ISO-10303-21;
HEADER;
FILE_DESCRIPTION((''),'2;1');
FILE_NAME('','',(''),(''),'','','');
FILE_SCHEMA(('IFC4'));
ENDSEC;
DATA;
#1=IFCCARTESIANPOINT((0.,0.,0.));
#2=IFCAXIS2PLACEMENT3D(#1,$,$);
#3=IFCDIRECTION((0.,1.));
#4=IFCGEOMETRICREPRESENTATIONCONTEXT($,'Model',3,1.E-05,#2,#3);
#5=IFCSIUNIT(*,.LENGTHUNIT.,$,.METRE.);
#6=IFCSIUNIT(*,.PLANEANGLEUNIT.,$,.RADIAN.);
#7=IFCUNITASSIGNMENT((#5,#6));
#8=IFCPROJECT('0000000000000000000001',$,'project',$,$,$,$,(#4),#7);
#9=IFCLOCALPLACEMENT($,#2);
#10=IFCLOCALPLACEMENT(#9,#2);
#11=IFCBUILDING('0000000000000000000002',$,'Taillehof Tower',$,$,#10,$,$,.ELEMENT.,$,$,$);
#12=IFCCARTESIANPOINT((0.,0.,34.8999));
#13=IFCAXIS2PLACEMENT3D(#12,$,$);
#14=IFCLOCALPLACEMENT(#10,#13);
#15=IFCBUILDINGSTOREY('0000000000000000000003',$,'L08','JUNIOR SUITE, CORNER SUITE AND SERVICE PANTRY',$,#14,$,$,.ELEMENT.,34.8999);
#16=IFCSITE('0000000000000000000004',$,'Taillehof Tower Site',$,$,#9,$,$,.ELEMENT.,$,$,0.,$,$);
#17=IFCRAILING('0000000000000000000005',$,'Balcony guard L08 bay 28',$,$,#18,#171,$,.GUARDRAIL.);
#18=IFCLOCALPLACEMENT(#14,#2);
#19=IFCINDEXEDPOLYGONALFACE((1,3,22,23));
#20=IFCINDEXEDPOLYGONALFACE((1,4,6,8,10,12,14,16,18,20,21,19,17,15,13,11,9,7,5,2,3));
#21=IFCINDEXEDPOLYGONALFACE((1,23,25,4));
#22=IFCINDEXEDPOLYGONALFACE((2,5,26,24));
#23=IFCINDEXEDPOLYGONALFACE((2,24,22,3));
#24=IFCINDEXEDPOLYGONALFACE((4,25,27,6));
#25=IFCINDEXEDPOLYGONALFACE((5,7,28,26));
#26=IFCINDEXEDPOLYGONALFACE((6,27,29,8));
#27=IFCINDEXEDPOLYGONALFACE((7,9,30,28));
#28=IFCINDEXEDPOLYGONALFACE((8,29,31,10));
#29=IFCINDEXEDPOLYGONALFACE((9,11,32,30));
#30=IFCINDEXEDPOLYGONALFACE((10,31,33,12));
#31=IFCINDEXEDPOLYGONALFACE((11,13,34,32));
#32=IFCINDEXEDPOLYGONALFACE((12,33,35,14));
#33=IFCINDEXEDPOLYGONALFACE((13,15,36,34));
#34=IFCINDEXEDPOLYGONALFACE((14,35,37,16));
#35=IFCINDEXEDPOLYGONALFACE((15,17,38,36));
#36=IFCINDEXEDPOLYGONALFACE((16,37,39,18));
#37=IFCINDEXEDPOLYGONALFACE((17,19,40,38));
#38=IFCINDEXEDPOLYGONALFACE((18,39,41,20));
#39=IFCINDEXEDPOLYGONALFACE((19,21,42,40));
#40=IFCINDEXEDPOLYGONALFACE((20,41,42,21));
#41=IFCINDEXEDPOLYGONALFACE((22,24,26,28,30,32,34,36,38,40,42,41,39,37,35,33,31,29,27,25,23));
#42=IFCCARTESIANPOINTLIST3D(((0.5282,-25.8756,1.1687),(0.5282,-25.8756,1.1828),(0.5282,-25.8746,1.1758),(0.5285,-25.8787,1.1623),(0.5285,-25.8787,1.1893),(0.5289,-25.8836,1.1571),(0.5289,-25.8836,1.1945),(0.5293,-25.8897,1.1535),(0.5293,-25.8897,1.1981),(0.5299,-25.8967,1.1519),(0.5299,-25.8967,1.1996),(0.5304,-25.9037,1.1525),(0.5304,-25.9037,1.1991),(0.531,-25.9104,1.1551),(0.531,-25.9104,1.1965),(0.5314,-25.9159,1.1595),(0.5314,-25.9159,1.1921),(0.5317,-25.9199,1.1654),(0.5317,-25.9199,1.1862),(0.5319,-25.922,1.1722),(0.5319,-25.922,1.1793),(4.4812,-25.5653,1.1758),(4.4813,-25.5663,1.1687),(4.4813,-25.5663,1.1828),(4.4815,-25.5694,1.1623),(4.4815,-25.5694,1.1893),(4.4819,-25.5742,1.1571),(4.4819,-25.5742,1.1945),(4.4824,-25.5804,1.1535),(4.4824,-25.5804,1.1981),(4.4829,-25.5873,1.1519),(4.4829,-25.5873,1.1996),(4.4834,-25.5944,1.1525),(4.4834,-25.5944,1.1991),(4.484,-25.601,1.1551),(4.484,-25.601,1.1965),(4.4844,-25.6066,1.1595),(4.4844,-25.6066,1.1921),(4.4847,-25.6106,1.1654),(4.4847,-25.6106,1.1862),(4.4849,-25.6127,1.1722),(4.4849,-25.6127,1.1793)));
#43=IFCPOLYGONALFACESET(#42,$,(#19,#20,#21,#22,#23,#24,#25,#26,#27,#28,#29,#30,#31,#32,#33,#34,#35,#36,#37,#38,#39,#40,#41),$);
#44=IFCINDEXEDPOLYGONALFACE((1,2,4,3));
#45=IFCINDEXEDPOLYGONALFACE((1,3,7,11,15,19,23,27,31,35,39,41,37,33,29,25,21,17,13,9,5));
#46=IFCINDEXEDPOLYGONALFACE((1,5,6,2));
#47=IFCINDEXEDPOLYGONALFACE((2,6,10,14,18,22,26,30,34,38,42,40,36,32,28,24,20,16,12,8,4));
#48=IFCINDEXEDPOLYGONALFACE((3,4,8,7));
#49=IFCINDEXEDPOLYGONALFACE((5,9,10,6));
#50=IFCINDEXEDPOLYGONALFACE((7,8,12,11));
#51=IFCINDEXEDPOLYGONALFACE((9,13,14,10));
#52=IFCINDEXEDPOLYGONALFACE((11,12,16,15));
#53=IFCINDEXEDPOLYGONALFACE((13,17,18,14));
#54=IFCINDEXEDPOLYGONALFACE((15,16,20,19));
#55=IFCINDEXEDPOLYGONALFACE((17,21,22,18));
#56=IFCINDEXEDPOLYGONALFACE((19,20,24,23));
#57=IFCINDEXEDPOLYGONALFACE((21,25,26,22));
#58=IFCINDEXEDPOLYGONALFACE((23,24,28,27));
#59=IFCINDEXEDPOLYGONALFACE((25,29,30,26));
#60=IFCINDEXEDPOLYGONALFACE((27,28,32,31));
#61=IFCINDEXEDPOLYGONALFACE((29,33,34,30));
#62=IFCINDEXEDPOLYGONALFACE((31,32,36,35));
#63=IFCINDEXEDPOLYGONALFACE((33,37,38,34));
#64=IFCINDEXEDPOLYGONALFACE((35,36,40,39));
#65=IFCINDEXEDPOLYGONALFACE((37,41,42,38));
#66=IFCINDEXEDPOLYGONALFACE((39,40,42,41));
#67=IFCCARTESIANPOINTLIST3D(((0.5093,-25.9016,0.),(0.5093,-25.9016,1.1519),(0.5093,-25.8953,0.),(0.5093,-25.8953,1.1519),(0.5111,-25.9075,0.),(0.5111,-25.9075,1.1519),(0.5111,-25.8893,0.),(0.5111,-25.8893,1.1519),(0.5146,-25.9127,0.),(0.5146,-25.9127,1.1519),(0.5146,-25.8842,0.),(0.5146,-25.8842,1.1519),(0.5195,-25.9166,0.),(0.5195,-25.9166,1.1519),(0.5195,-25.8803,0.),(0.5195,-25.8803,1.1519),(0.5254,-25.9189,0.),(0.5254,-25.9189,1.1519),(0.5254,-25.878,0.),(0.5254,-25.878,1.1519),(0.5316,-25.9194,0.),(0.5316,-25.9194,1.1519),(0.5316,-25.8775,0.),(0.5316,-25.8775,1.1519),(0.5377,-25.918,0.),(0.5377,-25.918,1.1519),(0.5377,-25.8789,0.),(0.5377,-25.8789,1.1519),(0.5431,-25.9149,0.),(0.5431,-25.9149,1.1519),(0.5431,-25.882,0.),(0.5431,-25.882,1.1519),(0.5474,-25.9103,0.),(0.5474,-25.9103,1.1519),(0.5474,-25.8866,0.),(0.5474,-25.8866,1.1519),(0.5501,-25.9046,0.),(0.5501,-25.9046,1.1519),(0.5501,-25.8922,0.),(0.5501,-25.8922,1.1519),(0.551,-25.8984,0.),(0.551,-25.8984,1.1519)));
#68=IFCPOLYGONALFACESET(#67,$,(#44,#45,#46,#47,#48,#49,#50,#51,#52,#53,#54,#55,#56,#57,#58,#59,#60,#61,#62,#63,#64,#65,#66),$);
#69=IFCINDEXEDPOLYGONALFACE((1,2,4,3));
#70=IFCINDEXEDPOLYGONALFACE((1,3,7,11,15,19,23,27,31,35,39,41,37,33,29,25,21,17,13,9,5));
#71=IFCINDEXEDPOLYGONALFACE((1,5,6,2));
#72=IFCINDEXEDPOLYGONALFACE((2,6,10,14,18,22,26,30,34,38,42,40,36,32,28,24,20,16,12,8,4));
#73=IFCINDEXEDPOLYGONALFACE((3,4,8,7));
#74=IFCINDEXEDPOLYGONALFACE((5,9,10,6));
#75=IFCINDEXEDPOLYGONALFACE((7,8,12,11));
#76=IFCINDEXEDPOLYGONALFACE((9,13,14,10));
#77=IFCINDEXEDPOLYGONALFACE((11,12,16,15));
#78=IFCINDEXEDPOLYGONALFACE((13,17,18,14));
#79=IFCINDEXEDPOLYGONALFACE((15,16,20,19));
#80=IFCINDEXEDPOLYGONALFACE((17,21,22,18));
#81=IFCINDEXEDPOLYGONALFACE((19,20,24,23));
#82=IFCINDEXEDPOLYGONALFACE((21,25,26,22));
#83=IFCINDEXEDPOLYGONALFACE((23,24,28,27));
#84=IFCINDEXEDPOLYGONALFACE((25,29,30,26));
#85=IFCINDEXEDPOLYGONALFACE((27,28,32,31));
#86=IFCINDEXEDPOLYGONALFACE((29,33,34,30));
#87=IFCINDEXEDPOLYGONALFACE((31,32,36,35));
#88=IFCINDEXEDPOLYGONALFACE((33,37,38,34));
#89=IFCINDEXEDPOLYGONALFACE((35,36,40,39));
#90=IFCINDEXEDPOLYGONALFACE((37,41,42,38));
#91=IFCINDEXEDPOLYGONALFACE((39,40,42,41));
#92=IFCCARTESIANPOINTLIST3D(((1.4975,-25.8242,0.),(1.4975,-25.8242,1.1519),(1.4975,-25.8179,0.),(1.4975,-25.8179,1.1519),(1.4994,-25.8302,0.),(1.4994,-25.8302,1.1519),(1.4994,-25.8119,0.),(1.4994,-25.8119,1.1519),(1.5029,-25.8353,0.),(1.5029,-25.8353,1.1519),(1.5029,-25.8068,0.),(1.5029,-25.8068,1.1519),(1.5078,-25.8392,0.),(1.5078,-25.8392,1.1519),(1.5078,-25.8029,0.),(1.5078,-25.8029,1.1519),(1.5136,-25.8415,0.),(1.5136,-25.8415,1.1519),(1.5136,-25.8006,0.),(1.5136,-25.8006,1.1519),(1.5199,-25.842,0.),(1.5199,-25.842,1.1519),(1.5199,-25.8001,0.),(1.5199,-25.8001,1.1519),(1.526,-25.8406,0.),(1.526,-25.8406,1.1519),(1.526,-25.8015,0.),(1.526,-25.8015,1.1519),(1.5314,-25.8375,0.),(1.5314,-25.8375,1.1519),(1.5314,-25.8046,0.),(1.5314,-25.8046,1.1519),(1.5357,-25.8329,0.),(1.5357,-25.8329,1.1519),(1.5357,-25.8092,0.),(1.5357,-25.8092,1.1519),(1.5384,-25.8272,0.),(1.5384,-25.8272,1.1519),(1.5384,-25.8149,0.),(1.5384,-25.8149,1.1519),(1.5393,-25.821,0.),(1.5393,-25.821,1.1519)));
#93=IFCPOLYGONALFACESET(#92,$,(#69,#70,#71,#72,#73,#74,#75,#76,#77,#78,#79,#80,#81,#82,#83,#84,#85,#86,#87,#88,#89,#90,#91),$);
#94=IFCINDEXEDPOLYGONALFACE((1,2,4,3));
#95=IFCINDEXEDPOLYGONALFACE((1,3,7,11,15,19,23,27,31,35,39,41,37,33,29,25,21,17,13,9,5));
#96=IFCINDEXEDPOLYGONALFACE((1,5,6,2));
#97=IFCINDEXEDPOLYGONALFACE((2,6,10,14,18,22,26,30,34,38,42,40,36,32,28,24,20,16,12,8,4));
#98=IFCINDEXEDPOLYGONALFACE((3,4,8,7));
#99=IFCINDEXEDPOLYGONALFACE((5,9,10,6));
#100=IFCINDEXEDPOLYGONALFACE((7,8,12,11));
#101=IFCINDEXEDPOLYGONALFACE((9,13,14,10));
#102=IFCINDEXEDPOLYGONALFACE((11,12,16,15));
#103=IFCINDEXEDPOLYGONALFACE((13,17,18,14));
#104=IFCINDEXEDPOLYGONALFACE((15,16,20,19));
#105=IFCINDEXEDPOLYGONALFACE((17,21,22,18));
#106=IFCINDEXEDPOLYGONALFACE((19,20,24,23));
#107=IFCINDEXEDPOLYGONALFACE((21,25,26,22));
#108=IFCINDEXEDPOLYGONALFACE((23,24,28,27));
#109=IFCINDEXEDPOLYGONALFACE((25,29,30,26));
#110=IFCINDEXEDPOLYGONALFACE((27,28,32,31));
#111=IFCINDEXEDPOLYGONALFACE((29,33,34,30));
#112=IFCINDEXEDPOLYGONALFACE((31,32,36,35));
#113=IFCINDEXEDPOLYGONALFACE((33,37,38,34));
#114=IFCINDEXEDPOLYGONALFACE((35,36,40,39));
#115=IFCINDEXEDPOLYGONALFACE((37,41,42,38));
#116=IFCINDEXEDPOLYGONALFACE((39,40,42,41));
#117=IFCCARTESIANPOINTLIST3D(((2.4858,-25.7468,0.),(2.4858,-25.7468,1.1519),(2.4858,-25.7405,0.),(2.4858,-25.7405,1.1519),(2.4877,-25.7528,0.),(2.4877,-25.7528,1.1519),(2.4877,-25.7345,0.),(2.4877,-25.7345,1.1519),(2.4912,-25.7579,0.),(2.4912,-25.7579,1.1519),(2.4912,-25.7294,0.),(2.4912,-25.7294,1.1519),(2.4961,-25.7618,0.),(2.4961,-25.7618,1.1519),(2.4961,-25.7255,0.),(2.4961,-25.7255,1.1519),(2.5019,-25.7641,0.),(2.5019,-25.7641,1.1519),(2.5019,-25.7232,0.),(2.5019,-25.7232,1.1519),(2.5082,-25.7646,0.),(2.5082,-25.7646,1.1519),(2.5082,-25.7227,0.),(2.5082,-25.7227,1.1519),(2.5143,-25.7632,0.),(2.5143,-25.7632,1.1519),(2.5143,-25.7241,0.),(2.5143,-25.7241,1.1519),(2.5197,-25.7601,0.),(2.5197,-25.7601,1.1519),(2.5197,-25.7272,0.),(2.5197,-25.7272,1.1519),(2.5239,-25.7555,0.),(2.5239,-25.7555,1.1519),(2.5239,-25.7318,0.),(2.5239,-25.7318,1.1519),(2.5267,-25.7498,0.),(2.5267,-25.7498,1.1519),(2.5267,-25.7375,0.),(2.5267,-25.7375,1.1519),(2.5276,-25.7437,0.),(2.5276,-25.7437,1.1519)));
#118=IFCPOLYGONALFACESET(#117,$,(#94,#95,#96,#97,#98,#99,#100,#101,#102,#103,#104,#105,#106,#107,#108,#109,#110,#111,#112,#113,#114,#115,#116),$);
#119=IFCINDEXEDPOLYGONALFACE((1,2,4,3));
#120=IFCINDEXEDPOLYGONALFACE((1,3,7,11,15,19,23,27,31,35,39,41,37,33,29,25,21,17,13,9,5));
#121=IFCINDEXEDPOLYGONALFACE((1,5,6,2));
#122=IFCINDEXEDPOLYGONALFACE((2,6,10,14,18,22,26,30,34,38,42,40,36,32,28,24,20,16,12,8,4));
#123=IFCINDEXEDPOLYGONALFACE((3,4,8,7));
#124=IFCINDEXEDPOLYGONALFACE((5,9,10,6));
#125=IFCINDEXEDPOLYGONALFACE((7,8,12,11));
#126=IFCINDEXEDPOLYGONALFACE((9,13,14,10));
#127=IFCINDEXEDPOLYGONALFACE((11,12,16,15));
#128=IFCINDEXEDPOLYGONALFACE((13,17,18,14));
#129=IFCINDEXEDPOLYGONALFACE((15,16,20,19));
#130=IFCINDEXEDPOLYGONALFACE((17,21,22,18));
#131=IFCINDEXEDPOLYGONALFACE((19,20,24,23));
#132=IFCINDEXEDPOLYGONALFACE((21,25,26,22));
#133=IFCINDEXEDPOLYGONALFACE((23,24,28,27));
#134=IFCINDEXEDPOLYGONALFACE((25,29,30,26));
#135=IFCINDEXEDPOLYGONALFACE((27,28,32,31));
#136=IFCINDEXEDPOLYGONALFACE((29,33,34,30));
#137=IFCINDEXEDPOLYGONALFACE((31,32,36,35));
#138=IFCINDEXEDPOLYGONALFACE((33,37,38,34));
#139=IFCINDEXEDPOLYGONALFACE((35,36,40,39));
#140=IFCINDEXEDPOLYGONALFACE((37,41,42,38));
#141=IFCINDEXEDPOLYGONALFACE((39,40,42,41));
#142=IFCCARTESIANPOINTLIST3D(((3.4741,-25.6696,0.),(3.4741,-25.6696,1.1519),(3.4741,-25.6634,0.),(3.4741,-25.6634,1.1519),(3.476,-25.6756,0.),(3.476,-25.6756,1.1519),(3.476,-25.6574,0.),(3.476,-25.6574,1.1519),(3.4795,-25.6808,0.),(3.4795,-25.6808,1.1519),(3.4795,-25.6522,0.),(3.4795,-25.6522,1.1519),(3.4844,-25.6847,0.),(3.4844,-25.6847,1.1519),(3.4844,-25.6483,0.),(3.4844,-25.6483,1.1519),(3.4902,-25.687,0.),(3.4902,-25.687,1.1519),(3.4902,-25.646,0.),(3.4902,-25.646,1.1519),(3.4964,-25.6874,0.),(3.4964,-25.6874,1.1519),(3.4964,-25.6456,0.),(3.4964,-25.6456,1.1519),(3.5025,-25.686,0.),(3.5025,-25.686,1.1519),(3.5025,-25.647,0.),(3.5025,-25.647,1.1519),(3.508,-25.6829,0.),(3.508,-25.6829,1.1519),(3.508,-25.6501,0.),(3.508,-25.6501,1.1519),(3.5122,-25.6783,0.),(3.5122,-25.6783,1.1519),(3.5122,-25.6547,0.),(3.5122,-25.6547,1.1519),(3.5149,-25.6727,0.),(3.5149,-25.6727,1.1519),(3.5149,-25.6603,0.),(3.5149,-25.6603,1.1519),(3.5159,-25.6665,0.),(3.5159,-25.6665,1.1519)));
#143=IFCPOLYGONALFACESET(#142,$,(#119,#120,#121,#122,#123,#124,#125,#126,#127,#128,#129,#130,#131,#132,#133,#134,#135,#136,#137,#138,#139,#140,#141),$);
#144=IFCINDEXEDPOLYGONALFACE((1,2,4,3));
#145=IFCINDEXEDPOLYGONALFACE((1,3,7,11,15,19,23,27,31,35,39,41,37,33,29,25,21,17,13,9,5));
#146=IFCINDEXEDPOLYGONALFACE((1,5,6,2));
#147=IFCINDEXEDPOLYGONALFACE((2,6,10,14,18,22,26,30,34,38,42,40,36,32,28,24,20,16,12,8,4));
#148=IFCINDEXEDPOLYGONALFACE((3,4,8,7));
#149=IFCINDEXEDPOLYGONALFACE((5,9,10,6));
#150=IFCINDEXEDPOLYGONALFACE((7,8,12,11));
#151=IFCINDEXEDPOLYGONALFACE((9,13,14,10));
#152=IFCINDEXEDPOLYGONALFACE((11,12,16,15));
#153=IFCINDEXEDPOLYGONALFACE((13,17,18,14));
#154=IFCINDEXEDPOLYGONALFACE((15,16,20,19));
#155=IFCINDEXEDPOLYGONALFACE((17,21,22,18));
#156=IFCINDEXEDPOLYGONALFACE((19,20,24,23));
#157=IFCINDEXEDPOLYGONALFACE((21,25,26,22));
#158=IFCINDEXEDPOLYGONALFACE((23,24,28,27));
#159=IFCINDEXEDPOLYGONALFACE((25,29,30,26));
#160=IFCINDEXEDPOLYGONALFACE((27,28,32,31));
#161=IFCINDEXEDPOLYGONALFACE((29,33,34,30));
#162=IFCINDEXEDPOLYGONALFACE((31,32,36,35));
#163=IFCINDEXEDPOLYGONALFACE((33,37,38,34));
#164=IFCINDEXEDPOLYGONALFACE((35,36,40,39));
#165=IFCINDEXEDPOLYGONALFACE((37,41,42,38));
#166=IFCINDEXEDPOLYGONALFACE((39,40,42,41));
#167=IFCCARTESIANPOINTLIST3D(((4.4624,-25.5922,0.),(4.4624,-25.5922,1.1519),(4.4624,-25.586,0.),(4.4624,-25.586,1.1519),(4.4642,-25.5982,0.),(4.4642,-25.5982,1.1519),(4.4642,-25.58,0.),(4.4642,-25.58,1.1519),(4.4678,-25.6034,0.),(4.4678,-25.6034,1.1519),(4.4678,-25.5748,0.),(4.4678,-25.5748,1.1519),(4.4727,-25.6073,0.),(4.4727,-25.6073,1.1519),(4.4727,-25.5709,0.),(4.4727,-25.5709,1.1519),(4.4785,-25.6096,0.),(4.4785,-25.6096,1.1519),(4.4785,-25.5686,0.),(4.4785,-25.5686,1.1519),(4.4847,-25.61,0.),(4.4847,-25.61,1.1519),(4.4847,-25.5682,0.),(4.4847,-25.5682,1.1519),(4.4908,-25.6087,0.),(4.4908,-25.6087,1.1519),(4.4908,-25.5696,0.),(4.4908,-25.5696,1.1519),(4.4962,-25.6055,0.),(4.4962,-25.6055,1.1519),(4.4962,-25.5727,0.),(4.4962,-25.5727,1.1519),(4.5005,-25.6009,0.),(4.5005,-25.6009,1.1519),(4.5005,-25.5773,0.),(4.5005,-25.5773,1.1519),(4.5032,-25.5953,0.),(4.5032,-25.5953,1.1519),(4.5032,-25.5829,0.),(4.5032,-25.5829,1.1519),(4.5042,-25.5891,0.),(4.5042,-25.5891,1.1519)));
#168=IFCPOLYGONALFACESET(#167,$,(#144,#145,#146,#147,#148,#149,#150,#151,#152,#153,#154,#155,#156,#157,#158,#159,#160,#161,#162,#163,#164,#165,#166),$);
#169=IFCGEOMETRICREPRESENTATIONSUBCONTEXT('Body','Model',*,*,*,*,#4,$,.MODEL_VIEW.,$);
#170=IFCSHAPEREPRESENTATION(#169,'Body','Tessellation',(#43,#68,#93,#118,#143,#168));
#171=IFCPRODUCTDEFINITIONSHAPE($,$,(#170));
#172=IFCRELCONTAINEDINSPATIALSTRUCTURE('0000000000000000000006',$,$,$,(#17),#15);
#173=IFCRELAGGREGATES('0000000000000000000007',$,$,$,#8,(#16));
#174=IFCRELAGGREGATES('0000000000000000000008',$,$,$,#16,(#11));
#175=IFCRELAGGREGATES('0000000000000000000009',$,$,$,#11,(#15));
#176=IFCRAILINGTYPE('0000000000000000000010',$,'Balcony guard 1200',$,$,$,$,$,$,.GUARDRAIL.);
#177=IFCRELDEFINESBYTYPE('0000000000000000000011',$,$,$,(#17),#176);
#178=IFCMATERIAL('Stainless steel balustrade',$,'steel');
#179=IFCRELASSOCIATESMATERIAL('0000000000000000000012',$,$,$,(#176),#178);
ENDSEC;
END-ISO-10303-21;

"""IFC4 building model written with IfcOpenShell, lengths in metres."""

from ifc_helpers import new_model, si_unit, direction, frame, origin, origin_2d, place, context, subcontext, project, spatial, circle, extrude, material, type_object, element, save


model = new_model("IFC4")

# Units and contexts
model_context = context("Model", 3, precision=1e-05, world=origin(), true_north=direction((0.0, 1.0)))
body_context = subcontext(model_context, "Body", "Model", "MODEL_VIEW")
ifc_project = project(units=[si_unit("LENGTHUNIT", "METRE"), si_unit("PLANEANGLEUNIT", "RADIAN")], contexts=[model_context])

# Site, building, storey
site_placement = place(None, origin())
site = spatial("IfcSite", under=ifc_project, at=site_placement, Name="Taillehof Tower Site", CompositionType="ELEMENT", RefElevation=0.0)
building_placement = place(site_placement, origin())
building = spatial("IfcBuilding", under=site, at=building_placement, Name="Taillehof Tower", CompositionType="ELEMENT")
storey_placement = place(building_placement, frame((0.0, 0.0, 34.8999)))
storey = spatial("IfcBuildingStorey", under=building, at=storey_placement, Name="L08", Description="JUNIOR SUITE, CORNER SUITE AND SERVICE PANTRY", CompositionType="ELEMENT", Elevation=34.8999)

# Railing
ifc_material_1 = material(Name="Stainless steel balustrade", Category="steel")
railing_type = type_object("IfcRailingType", Name="Balcony guard 1200", PredefinedType="GUARDRAIL", material=ifc_material_1)
railing_1_placement = place(storey_placement, frame((0.53, -25.8984, 0.0)))
element("IfcRailing", 1, at=railing_1_placement, inside=storey, type_object=railing_type, Name="Balcony guard L08 bay 28", PredefinedType="GUARDRAIL", context=body_context, shape_type="SweptSolid", body=[
    extrude(circle(Radius=0.0239, at=origin_2d()), frame((0.0, 0.0, 1.1758), z_axis=(0.996953, 0.07801, 0.0), x_axis=(-0.07801, 0.996953, 0.0)), (0.0, 0.0, 1.0), 3.9651),
    extrude(circle(Radius=0.021, at=origin_2d()), origin(), (0.0, 0.0, 1.0), 1.1519),
    extrude(circle(Radius=0.021, at=origin_2d()), frame((0.9883, 0.0774, 0.0)), (0.0, 0.0, 1.0), 1.1519),
    extrude(circle(Radius=0.021, at=origin_2d()), frame((1.9766, 0.1548, 0.0)), (0.0, 0.0, 1.0), 1.1519),
    extrude(circle(Radius=0.021, at=origin_2d()), frame((2.9648, 0.2319, 0.0)), (0.0, 0.0, 1.0), 1.1519),
    extrude(circle(Radius=0.021, at=origin_2d()), frame((3.9531, 0.3093, 0.0)), (0.0, 0.0, 1.0), 1.1519),
])

save(model, "model.ifc")
